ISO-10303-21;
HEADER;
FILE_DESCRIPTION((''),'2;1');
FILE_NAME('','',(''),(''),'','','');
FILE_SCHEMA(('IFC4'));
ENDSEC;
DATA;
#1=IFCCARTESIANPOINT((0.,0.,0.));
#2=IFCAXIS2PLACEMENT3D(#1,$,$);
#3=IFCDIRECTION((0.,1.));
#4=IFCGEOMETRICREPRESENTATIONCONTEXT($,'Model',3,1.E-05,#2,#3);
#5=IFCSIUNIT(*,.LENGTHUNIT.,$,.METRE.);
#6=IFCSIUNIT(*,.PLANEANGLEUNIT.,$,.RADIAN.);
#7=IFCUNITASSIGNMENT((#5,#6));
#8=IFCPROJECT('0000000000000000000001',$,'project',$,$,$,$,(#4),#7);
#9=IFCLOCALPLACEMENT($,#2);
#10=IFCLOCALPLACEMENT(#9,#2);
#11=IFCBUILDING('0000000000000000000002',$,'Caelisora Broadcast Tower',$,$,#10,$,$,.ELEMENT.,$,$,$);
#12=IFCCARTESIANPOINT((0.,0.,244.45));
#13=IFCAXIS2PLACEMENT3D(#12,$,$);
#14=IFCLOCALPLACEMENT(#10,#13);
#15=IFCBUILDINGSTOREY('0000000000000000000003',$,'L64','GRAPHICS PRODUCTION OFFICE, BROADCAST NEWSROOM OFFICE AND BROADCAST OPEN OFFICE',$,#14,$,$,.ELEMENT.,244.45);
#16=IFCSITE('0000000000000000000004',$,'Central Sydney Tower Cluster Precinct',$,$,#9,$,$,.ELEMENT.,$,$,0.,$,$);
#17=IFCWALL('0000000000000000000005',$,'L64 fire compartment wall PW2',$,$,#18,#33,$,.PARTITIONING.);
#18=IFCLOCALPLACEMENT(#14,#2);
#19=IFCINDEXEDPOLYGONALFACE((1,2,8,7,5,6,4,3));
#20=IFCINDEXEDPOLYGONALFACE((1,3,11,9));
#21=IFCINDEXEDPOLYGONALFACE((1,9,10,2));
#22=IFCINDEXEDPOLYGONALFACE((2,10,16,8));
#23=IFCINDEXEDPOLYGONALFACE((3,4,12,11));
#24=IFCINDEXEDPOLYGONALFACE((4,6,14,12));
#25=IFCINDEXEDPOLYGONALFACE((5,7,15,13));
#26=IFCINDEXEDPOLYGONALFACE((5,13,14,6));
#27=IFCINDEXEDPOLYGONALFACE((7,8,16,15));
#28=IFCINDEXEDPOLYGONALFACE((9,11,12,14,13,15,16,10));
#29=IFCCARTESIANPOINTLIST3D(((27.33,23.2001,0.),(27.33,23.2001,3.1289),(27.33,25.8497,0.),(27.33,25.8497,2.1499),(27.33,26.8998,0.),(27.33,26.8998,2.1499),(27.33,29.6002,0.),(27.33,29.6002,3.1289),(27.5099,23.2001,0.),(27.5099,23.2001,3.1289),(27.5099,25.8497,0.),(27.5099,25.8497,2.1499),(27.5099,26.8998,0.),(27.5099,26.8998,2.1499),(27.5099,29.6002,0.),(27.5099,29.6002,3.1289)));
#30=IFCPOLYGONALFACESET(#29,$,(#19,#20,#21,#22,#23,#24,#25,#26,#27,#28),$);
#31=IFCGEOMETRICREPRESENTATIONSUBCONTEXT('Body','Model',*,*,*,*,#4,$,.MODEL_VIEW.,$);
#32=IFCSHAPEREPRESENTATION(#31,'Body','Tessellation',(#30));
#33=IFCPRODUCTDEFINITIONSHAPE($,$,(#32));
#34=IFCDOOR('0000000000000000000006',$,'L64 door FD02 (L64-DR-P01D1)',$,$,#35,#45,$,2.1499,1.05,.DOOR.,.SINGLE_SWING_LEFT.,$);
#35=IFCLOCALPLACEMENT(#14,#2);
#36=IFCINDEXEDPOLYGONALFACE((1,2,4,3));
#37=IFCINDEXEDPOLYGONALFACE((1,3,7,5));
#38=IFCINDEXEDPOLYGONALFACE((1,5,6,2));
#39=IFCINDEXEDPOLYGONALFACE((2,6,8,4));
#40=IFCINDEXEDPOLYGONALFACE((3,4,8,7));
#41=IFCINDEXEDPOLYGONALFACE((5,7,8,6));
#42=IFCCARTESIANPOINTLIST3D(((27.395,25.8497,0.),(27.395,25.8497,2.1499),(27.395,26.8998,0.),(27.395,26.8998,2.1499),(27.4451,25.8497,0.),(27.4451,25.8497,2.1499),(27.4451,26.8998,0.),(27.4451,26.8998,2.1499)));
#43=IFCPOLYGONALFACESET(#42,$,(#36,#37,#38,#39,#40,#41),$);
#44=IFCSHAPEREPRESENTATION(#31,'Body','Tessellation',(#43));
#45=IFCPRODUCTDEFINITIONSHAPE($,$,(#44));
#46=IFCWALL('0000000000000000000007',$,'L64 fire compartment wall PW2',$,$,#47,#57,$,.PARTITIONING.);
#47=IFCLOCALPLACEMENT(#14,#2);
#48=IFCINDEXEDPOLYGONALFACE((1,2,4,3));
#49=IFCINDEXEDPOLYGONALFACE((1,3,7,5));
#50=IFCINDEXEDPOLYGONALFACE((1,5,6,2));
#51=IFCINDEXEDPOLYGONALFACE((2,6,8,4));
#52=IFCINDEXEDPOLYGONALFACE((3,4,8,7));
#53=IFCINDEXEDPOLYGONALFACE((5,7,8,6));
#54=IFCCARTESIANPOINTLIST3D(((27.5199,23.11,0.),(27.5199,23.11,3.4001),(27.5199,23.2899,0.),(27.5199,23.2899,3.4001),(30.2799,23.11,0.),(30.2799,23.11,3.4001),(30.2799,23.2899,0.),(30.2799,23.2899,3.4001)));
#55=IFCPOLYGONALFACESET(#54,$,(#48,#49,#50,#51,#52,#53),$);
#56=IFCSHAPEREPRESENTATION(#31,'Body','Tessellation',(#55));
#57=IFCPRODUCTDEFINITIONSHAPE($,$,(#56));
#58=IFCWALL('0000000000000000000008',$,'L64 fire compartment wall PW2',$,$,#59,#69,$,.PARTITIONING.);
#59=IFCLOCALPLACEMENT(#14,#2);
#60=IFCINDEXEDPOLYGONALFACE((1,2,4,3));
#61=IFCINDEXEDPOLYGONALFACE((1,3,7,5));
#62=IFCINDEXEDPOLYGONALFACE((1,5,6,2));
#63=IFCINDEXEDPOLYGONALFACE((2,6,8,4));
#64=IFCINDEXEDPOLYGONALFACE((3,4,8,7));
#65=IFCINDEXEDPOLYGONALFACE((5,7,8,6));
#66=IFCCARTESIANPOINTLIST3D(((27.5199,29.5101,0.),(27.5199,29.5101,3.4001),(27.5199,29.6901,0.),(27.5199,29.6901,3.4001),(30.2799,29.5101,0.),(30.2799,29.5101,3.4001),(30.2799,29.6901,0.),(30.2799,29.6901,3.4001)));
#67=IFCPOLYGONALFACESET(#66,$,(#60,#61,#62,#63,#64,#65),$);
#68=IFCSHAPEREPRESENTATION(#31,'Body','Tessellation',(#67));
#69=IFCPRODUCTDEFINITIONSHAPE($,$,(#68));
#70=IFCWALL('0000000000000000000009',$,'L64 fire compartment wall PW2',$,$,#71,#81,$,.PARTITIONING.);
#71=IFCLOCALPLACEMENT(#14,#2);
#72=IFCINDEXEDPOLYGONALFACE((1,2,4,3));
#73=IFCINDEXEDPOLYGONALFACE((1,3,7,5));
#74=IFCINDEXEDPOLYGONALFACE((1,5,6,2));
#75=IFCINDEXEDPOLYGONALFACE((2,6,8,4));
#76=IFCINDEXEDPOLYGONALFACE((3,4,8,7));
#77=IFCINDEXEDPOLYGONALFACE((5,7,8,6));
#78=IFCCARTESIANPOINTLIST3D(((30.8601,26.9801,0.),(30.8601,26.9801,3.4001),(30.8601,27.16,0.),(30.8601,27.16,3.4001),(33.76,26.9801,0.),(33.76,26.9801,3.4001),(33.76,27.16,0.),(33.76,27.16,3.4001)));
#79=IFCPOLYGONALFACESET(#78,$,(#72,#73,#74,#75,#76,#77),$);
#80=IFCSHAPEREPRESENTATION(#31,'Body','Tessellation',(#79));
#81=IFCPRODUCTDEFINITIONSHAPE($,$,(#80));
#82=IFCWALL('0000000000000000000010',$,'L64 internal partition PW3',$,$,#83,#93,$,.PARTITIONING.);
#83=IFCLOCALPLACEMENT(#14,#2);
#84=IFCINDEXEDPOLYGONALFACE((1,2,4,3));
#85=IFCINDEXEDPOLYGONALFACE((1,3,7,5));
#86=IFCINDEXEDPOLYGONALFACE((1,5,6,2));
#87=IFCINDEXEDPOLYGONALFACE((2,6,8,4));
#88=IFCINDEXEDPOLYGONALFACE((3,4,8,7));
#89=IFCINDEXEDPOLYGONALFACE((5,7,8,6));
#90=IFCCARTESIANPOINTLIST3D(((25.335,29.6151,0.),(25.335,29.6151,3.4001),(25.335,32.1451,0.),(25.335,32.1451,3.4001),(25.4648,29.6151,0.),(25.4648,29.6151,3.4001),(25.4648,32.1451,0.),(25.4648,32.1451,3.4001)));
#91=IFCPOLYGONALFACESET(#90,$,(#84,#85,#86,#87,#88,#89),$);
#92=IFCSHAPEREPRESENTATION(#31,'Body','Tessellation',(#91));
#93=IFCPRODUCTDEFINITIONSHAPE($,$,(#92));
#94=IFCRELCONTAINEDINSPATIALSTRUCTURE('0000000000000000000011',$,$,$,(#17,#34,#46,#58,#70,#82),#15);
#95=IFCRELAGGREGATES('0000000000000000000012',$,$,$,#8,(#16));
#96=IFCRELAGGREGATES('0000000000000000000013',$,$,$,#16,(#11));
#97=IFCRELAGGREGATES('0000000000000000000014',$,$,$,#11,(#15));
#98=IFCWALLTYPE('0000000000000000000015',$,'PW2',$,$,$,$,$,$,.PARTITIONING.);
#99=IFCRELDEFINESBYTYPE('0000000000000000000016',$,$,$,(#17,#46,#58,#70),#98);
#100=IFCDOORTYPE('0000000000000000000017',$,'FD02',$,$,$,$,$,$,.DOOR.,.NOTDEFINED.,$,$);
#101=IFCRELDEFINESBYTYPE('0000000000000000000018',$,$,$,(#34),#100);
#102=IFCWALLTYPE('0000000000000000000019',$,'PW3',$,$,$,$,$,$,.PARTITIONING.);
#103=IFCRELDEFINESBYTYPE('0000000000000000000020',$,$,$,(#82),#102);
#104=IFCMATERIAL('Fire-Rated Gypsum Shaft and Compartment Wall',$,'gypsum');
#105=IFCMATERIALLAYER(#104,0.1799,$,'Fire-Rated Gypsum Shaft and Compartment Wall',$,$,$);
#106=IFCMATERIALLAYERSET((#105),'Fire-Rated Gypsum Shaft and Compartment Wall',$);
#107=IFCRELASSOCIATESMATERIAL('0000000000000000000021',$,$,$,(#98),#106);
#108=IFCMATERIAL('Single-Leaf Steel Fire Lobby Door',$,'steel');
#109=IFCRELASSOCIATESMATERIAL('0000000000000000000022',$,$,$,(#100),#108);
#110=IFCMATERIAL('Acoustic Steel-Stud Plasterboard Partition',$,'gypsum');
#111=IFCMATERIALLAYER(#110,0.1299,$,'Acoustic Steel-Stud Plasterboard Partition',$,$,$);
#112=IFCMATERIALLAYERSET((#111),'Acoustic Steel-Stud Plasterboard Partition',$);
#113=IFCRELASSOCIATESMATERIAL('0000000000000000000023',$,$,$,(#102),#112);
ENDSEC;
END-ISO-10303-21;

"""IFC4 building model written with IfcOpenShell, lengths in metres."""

from ifc_helpers import new_model, si_unit, direction, frame, frame_2d, origin, place, context, subcontext, project, spatial, rectangle, extrude, material, layer, layer_set, type_object, element, fill, save


model = new_model("IFC4")

# Units and contexts
model_context = context("Model", 3, precision=1e-05, world=origin(), true_north=direction((0.0, 1.0)))
body_context = subcontext(model_context, "Body", "Model", "MODEL_VIEW")
ifc_project = project(units=[si_unit("LENGTHUNIT", "METRE"), si_unit("PLANEANGLEUNIT", "RADIAN")], contexts=[model_context])

# Site, building, storey
site_placement = place(None, origin())
site = spatial("IfcSite", under=ifc_project, at=site_placement, Name="Central Sydney Tower Cluster Precinct", CompositionType="ELEMENT", RefElevation=0.0)
building_placement = place(site_placement, origin())
building = spatial("IfcBuilding", under=site, at=building_placement, Name="Caelisora Broadcast Tower", CompositionType="ELEMENT")
storey_placement = place(building_placement, frame((0.0, 0.0, 244.45)))
storey = spatial("IfcBuildingStorey", under=building, at=storey_placement, Name="L64", Description="GRAPHICS PRODUCTION OFFICE, BROADCAST NEWSROOM OFFICE AND BROADCAST OPEN OFFICE", CompositionType="ELEMENT", Elevation=244.45)

# Shared definitions
ifc_material_1 = material(Name="Fire-Rated Gypsum Shaft and Compartment Wall", Category="gypsum")
ifc_layer_1 = layer(ifc_material_1, 0.1799, Name="Fire-Rated Gypsum Shaft and Compartment Wall")
ifc_layer_set_1 = layer_set([ifc_layer_1], Name="Fire-Rated Gypsum Shaft and Compartment Wall")
wall_type_1 = type_object("IfcWallType", Name="PW2", PredefinedType="PARTITIONING", material=ifc_layer_set_1)

# Wall, opening, door
wall_1_placement = place(storey_placement, frame((27.4199, 23.2, 0.0), z_axis=(0.0, 0.0, 1.0), x_axis=(0.0, 1.0, 0.0)))
wall_1 = element("IfcWall", 1, at=wall_1_placement, inside=storey, type_object=wall_type_1, Name="L64 fire compartment wall PW2", PredefinedType="PARTITIONING", context=body_context, shape_type="SweptSolid", body=[
    extrude(rectangle(XDim=6.4001, YDim=0.1799, at=frame_2d((3.2002, 0.0))), origin(), (0.0, 0.0, 1.0), 3.1289),
])
opening_1_placement = place(wall_1_placement, frame((2.6499, 0.0, 0.0)))
opening_1 = element("IfcOpeningElement", 2, at=opening_1_placement, cuts=wall_1, PredefinedType="OPENING", context=body_context, shape_type="SweptSolid", body=[
    extrude(rectangle(XDim=1.05, YDim=2.1499, at=frame_2d((0.5249, 1.075))), frame((0.0, 0.1021, 0.0), z_axis=(0.0, -1.0, 0.0), x_axis=(1.0, 0.0, 0.0)), (0.0, 0.0, 1.0), 0.2039),
])
ifc_material_2 = material(Name="Single-Leaf Steel Fire Lobby Door", Category="steel")
door_type_1 = type_object("IfcDoorType", Name="FD02", OperationType="NOTDEFINED", PredefinedType="DOOR", material=ifc_material_2)
door_1_placement = place(opening_1_placement, origin())
door_1 = element("IfcDoor", 3, at=door_1_placement, inside=storey, type_object=door_type_1, Name="L64 door FD02 (L64-DR-P01D1)", OperationType="SINGLE_SWING_LEFT", OverallHeight=2.1499, OverallWidth=1.05, PredefinedType="DOOR", context=body_context, shape_type="SweptSolid", body=[
    extrude(rectangle(XDim=1.05, YDim=2.1499, at=frame_2d((0.5249, 1.075))), frame((0.0, 0.0249, 0.0), z_axis=(0.0, -1.0, 0.0), x_axis=(1.0, 0.0, 0.0)), (0.0, 0.0, 1.0), 0.05),
])
fill(opening_1, door_1)

# Walls
for number, where, z_axis, x_axis, name in (
    (4, (27.52, 23.2, 0.0), (0.0, 0.0, 1.0), (1.0, 0.0, 0.0), "L64 fire compartment wall PW2"),
    (5, (27.52, 29.6001, 0.0), (0.0, 0.0, 1.0), (1.0, 0.0, 0.0), "L64 fire compartment wall PW2"),
):
    element("IfcWall", number, at=place(storey_placement, frame(where, z_axis=z_axis, x_axis=x_axis)), inside=storey, type_object=wall_type_1, Name=name, PredefinedType="PARTITIONING", context=body_context, shape_type="SweptSolid", body=[
        extrude(rectangle(XDim=2.76, YDim=0.1799, at=frame_2d((1.3799, 0.0))), origin(), (0.0, 0.0, 1.0), 3.4001),
    ])
wall_2_placement = place(storey_placement, frame((30.8601, 27.0701, 0.0), z_axis=(0.0, 0.0, 1.0), x_axis=(1.0, 0.0, 0.0)))
element("IfcWall", 6, at=wall_2_placement, inside=storey, type_object=wall_type_1, Name="L64 fire compartment wall PW2", PredefinedType="PARTITIONING", context=body_context, shape_type="SweptSolid", body=[
    extrude(rectangle(XDim=2.8999, YDim=0.1799, at=frame_2d((1.45, 0.0))), origin(), (0.0, 0.0, 1.0), 3.4001),
])
ifc_material_3 = material(Name="Acoustic Steel-Stud Plasterboard Partition", Category="gypsum")
ifc_layer_2 = layer(ifc_material_3, 0.1299, Name="Acoustic Steel-Stud Plasterboard Partition")
ifc_layer_set_2 = layer_set([ifc_layer_2], Name="Acoustic Steel-Stud Plasterboard Partition")
wall_type_2 = type_object("IfcWallType", Name="PW3", PredefinedType="PARTITIONING", material=ifc_layer_set_2)
wall_3_placement = place(storey_placement, frame((25.3999, 29.615, 0.0), z_axis=(0.0, 0.0, 1.0), x_axis=(0.0, 1.0, 0.0)))
element("IfcWall", 7, at=wall_3_placement, inside=storey, type_object=wall_type_2, Name="L64 internal partition PW3", PredefinedType="PARTITIONING", context=body_context, shape_type="SweptSolid", body=[
    extrude(rectangle(XDim=2.53, YDim=0.1299, at=frame_2d((1.2651, 0.0))), origin(), (0.0, 0.0, 1.0), 3.4001),
])

save(model, "model.ifc")
